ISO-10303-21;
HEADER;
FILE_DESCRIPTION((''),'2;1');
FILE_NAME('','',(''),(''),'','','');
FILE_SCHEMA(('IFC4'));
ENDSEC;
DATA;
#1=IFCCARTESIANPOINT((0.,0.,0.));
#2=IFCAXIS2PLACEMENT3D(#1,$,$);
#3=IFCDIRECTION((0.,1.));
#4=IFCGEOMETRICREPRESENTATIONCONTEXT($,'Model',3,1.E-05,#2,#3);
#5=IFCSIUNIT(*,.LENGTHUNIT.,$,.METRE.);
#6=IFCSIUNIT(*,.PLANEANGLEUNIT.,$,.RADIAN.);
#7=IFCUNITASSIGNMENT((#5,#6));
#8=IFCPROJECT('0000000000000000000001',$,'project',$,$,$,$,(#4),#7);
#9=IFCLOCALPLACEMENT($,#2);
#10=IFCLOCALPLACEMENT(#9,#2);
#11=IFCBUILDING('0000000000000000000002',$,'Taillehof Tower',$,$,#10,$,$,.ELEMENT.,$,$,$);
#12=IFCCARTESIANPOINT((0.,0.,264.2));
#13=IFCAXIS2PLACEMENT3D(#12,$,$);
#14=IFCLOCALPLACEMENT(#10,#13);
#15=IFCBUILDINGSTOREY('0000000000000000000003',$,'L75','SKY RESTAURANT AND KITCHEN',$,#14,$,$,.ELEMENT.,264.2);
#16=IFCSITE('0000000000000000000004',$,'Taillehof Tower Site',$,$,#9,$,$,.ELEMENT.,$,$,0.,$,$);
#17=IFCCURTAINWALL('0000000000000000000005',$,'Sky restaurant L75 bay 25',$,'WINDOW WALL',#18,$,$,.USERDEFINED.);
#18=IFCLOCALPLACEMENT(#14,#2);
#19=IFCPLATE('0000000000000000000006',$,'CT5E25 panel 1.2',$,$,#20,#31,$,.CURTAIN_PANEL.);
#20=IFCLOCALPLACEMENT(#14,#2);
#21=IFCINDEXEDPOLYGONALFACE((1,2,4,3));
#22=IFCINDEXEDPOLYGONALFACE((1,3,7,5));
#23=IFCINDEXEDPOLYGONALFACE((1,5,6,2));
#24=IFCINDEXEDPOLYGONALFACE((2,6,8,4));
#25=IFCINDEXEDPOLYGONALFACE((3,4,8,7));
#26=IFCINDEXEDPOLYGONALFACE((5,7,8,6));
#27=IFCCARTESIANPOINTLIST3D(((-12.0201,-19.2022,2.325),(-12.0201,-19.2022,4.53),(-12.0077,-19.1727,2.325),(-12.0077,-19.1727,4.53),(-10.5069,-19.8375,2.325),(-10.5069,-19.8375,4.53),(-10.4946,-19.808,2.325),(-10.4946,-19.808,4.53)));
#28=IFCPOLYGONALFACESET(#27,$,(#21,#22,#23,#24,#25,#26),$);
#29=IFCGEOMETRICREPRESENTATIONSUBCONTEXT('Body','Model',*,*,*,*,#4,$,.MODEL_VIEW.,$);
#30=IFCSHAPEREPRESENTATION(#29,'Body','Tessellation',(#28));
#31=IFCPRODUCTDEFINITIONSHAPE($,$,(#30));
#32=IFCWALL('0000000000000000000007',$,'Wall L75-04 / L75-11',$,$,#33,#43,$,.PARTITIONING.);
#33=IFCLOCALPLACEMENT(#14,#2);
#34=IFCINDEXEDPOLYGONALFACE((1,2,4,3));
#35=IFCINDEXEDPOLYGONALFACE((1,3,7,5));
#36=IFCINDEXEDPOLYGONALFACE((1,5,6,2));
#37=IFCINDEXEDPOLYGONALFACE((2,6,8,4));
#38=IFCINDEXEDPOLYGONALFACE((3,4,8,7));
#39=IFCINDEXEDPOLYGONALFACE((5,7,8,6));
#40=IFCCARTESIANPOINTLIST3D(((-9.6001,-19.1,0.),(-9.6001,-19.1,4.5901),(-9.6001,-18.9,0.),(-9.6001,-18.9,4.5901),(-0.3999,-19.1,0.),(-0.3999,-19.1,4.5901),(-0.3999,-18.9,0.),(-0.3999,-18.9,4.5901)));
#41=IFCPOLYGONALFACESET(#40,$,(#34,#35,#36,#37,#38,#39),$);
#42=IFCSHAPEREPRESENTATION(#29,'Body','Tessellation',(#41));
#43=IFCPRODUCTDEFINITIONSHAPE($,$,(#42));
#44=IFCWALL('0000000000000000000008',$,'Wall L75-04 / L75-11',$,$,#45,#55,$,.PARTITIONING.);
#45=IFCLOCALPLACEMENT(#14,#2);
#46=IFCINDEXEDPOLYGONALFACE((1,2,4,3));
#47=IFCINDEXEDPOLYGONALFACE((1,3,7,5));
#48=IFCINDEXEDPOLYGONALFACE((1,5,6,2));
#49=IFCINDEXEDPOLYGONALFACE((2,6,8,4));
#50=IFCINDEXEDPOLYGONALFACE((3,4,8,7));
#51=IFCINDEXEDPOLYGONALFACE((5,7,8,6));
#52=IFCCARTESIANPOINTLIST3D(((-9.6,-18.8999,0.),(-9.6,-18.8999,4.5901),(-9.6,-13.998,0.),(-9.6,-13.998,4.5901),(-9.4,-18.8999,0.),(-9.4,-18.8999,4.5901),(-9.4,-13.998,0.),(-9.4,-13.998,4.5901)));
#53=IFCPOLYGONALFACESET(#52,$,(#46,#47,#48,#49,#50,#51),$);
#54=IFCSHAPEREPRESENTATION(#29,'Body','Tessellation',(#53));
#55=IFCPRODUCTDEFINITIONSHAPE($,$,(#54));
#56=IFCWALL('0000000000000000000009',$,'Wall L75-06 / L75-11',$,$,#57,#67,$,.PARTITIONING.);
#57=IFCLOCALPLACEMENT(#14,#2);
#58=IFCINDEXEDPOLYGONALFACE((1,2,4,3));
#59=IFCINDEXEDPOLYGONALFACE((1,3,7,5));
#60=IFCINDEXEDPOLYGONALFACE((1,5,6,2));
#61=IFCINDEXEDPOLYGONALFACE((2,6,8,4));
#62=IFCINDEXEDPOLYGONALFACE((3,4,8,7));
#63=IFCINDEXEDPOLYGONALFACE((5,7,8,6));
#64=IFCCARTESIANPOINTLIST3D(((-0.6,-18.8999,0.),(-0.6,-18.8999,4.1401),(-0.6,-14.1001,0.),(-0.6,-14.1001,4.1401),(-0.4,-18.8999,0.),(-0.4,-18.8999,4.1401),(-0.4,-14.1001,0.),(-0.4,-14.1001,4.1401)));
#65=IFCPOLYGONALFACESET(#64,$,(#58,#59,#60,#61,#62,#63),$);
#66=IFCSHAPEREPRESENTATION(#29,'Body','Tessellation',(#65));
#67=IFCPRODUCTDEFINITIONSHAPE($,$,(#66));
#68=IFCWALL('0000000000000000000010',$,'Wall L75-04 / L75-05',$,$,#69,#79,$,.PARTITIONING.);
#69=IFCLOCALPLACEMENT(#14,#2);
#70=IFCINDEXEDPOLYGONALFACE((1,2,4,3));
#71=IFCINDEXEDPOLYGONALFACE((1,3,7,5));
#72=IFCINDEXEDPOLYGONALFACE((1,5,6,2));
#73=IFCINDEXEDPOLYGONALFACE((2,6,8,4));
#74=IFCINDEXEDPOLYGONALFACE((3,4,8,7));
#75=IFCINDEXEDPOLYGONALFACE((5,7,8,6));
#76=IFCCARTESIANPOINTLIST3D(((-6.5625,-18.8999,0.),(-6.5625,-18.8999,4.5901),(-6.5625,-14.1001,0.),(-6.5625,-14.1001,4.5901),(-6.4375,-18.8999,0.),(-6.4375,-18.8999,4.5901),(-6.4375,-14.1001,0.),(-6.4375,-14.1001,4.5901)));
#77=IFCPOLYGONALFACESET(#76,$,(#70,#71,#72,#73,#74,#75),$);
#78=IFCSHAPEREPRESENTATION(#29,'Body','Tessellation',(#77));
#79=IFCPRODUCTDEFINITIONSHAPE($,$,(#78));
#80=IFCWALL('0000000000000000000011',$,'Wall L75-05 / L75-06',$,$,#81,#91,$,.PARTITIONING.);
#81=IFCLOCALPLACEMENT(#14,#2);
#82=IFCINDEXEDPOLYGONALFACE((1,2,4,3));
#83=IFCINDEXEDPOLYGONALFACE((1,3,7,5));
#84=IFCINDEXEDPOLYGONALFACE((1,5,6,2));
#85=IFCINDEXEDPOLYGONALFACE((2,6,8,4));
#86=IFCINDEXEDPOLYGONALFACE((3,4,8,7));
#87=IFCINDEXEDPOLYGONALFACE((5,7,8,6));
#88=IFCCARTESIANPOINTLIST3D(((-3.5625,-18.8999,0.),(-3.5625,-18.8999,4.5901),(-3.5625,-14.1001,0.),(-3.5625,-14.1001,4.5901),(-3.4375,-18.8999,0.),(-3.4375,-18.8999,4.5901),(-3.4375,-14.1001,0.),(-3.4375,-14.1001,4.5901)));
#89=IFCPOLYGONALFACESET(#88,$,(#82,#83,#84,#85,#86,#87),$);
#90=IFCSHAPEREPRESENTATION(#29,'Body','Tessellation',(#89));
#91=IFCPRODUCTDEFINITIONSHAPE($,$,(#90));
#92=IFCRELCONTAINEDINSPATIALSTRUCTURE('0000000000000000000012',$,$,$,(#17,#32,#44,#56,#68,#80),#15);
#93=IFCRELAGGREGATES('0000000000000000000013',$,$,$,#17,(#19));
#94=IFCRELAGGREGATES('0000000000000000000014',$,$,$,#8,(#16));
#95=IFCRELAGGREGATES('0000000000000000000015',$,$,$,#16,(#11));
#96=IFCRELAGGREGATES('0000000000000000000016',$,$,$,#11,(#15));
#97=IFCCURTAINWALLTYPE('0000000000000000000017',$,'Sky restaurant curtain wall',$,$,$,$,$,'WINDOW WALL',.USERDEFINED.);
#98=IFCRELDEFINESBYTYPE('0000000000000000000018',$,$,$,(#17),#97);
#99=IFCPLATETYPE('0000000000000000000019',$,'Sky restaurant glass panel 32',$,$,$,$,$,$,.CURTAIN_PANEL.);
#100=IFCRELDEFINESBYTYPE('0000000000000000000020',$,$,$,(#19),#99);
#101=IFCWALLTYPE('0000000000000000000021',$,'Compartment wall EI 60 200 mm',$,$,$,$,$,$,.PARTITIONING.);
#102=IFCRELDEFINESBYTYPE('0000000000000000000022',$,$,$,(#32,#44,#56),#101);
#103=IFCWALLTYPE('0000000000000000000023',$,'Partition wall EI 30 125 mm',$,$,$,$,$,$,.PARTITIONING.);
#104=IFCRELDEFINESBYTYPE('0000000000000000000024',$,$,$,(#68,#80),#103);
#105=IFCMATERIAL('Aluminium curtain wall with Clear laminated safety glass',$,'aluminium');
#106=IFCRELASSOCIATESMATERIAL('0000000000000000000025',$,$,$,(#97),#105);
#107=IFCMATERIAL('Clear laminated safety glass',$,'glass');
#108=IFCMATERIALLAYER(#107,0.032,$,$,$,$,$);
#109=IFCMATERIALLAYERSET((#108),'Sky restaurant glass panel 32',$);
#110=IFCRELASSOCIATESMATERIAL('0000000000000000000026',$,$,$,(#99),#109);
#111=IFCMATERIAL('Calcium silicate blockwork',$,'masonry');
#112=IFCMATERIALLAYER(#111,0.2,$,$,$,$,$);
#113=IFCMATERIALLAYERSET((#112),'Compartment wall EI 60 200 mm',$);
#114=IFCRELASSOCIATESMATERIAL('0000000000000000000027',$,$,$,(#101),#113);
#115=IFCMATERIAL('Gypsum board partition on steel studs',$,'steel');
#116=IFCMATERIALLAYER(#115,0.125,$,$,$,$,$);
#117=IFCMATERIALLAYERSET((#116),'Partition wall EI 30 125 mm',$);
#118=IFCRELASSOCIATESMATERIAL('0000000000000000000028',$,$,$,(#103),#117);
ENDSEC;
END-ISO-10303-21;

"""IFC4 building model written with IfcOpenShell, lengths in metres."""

from ifc_helpers import new_model, si_unit, direction, frame, frame_2d, origin, origin_2d, place, context, subcontext, project, spatial, rectangle, extrude, material, layer, layer_set, type_object, element, aggregate, save


model = new_model("IFC4")

# Units and contexts
model_context = context("Model", 3, precision=1e-05, world=origin(), true_north=direction((0.0, 1.0)))
body_context = subcontext(model_context, "Body", "Model", "MODEL_VIEW")
ifc_project = project(units=[si_unit("LENGTHUNIT", "METRE"), si_unit("PLANEANGLEUNIT", "RADIAN")], contexts=[model_context])

# Site, building, storey
site_placement = place(None, origin())
site = spatial("IfcSite", under=ifc_project, at=site_placement, Name="Taillehof Tower Site", CompositionType="ELEMENT", RefElevation=0.0)
building_placement = place(site_placement, origin())
building = spatial("IfcBuilding", under=site, at=building_placement, Name="Taillehof Tower", CompositionType="ELEMENT")
storey_placement = place(building_placement, frame((0.0, 0.0, 264.2)))
storey = spatial("IfcBuildingStorey", under=building, at=storey_placement, Name="L75", Description="SKY RESTAURANT AND KITCHEN", CompositionType="ELEMENT", Elevation=264.2)

# Shared definitions
ifc_material_1 = material(Name="Aluminium curtain wall with Clear laminated safety glass", Category="aluminium")
curtain_wall_type = type_object("IfcCurtainWallType", Name="Sky restaurant curtain wall", ElementType="WINDOW WALL", PredefinedType="USERDEFINED", material=ifc_material_1)

# Curtain wall
curtain_wall_1_placement = place(storey_placement, origin())
curtain_wall_1 = element("IfcCurtainWall", 1, at=curtain_wall_1_placement, inside=storey, type_object=curtain_wall_type, Name="Sky restaurant L75 bay 25", ObjectType="WINDOW WALL", PredefinedType="USERDEFINED")

# Plate
ifc_material_2 = material(Name="Clear laminated safety glass", Category="glass")
ifc_layer_1 = layer(ifc_material_2, 0.032)
ifc_layer_set_1 = layer_set([ifc_layer_1], Name="Sky restaurant glass panel 32")
plate_type = type_object("IfcPlateType", Name="Sky restaurant glass panel 32", PredefinedType="CURTAIN_PANEL", material=ifc_layer_set_1)
plate_1_placement = place(storey_placement, frame((-11.2573, -19.5051, 2.325), z_axis=(0.0, 0.0, 1.0), x_axis=(0.922037, -0.387101, 0.0)))
plate_1 = element("IfcPlate", 2, at=plate_1_placement, type_object=plate_type, Name="CT5E25 panel 1.2", PredefinedType="CURTAIN_PANEL", context=body_context, shape_type="SweptSolid", body=[
    extrude(rectangle(XDim=1.6411, YDim=0.032, at=origin_2d()), origin(), (0.0, 0.0, 1.0), 2.2051),
])
aggregate(curtain_wall_1, [plate_1])

# Walls
ifc_material_3 = material(Name="Calcium silicate blockwork", Category="masonry")
ifc_layer_2 = layer(ifc_material_3, 0.2)
ifc_layer_set_2 = layer_set([ifc_layer_2], Name="Compartment wall EI 60 200 mm")
wall_type_1 = type_object("IfcWallType", Name="Compartment wall EI 60 200 mm", PredefinedType="PARTITIONING", material=ifc_layer_set_2)
wall_1_placement = place(storey_placement, frame((-9.6001, -19.0, 0.0), z_axis=(0.0, 0.0, 1.0), x_axis=(1.0, 0.0, 0.0)))
element("IfcWall", 3, at=wall_1_placement, inside=storey, type_object=wall_type_1, Name="Wall L75-04 / L75-11", PredefinedType="PARTITIONING", context=body_context, shape_type="SweptSolid", body=[
    extrude(rectangle(XDim=9.2002, YDim=0.2, at=frame_2d((4.6001, 0.0))), origin(), (0.0, 0.0, 1.0), 4.5901),
])
wall_2_placement = place(storey_placement, frame((-9.5, -18.8999, 0.0), z_axis=(0.0, 0.0, 1.0), x_axis=(0.0, 1.0, 0.0)))
element("IfcWall", 4, at=wall_2_placement, inside=storey, type_object=wall_type_1, Name="Wall L75-04 / L75-11", PredefinedType="PARTITIONING", context=body_context, shape_type="SweptSolid", body=[
    extrude(rectangle(XDim=4.9019, YDim=0.2, at=frame_2d((2.4509, 0.0))), origin(), (0.0, 0.0, 1.0), 4.5901),
])
wall_3_placement = place(storey_placement, frame((-0.5, -18.8999, 0.0), z_axis=(0.0, 0.0, 1.0), x_axis=(0.0, 1.0, 0.0)))
element("IfcWall", 5, at=wall_3_placement, inside=storey, type_object=wall_type_1, Name="Wall L75-06 / L75-11", PredefinedType="PARTITIONING", context=body_context, shape_type="SweptSolid", body=[
    extrude(rectangle(XDim=4.7998, YDim=0.2, at=frame_2d((2.3999, 0.0))), origin(), (0.0, 0.0, 1.0), 4.1401),
])
ifc_material_4 = material(Name="Gypsum board partition on steel studs", Category="steel")
ifc_layer_3 = layer(ifc_material_4, 0.125)
ifc_layer_set_3 = layer_set([ifc_layer_3], Name="Partition wall EI 30 125 mm")
wall_type_2 = type_object("IfcWallType", Name="Partition wall EI 30 125 mm", PredefinedType="PARTITIONING", material=ifc_layer_set_3)
for number, where, z_axis, x_axis, name in (
    (6, (-6.5, -18.8999, 0.0), (0.0, 0.0, 1.0), (0.0, 1.0, 0.0), "Wall L75-04 / L75-05"),
    (7, (-3.5, -18.8999, 0.0), (0.0, 0.0, 1.0), (0.0, 1.0, 0.0), "Wall L75-05 / L75-06"),
):
    element("IfcWall", number, at=place(storey_placement, frame(where, z_axis=z_axis, x_axis=x_axis)), inside=storey, type_object=wall_type_2, Name=name, PredefinedType="PARTITIONING", context=body_context, shape_type="SweptSolid", body=[
        extrude(rectangle(XDim=4.7998, YDim=0.125, at=frame_2d((2.3999, 0.0))), origin(), (0.0, 0.0, 1.0), 4.5901),
    ])

save(model, "model.ifc")
